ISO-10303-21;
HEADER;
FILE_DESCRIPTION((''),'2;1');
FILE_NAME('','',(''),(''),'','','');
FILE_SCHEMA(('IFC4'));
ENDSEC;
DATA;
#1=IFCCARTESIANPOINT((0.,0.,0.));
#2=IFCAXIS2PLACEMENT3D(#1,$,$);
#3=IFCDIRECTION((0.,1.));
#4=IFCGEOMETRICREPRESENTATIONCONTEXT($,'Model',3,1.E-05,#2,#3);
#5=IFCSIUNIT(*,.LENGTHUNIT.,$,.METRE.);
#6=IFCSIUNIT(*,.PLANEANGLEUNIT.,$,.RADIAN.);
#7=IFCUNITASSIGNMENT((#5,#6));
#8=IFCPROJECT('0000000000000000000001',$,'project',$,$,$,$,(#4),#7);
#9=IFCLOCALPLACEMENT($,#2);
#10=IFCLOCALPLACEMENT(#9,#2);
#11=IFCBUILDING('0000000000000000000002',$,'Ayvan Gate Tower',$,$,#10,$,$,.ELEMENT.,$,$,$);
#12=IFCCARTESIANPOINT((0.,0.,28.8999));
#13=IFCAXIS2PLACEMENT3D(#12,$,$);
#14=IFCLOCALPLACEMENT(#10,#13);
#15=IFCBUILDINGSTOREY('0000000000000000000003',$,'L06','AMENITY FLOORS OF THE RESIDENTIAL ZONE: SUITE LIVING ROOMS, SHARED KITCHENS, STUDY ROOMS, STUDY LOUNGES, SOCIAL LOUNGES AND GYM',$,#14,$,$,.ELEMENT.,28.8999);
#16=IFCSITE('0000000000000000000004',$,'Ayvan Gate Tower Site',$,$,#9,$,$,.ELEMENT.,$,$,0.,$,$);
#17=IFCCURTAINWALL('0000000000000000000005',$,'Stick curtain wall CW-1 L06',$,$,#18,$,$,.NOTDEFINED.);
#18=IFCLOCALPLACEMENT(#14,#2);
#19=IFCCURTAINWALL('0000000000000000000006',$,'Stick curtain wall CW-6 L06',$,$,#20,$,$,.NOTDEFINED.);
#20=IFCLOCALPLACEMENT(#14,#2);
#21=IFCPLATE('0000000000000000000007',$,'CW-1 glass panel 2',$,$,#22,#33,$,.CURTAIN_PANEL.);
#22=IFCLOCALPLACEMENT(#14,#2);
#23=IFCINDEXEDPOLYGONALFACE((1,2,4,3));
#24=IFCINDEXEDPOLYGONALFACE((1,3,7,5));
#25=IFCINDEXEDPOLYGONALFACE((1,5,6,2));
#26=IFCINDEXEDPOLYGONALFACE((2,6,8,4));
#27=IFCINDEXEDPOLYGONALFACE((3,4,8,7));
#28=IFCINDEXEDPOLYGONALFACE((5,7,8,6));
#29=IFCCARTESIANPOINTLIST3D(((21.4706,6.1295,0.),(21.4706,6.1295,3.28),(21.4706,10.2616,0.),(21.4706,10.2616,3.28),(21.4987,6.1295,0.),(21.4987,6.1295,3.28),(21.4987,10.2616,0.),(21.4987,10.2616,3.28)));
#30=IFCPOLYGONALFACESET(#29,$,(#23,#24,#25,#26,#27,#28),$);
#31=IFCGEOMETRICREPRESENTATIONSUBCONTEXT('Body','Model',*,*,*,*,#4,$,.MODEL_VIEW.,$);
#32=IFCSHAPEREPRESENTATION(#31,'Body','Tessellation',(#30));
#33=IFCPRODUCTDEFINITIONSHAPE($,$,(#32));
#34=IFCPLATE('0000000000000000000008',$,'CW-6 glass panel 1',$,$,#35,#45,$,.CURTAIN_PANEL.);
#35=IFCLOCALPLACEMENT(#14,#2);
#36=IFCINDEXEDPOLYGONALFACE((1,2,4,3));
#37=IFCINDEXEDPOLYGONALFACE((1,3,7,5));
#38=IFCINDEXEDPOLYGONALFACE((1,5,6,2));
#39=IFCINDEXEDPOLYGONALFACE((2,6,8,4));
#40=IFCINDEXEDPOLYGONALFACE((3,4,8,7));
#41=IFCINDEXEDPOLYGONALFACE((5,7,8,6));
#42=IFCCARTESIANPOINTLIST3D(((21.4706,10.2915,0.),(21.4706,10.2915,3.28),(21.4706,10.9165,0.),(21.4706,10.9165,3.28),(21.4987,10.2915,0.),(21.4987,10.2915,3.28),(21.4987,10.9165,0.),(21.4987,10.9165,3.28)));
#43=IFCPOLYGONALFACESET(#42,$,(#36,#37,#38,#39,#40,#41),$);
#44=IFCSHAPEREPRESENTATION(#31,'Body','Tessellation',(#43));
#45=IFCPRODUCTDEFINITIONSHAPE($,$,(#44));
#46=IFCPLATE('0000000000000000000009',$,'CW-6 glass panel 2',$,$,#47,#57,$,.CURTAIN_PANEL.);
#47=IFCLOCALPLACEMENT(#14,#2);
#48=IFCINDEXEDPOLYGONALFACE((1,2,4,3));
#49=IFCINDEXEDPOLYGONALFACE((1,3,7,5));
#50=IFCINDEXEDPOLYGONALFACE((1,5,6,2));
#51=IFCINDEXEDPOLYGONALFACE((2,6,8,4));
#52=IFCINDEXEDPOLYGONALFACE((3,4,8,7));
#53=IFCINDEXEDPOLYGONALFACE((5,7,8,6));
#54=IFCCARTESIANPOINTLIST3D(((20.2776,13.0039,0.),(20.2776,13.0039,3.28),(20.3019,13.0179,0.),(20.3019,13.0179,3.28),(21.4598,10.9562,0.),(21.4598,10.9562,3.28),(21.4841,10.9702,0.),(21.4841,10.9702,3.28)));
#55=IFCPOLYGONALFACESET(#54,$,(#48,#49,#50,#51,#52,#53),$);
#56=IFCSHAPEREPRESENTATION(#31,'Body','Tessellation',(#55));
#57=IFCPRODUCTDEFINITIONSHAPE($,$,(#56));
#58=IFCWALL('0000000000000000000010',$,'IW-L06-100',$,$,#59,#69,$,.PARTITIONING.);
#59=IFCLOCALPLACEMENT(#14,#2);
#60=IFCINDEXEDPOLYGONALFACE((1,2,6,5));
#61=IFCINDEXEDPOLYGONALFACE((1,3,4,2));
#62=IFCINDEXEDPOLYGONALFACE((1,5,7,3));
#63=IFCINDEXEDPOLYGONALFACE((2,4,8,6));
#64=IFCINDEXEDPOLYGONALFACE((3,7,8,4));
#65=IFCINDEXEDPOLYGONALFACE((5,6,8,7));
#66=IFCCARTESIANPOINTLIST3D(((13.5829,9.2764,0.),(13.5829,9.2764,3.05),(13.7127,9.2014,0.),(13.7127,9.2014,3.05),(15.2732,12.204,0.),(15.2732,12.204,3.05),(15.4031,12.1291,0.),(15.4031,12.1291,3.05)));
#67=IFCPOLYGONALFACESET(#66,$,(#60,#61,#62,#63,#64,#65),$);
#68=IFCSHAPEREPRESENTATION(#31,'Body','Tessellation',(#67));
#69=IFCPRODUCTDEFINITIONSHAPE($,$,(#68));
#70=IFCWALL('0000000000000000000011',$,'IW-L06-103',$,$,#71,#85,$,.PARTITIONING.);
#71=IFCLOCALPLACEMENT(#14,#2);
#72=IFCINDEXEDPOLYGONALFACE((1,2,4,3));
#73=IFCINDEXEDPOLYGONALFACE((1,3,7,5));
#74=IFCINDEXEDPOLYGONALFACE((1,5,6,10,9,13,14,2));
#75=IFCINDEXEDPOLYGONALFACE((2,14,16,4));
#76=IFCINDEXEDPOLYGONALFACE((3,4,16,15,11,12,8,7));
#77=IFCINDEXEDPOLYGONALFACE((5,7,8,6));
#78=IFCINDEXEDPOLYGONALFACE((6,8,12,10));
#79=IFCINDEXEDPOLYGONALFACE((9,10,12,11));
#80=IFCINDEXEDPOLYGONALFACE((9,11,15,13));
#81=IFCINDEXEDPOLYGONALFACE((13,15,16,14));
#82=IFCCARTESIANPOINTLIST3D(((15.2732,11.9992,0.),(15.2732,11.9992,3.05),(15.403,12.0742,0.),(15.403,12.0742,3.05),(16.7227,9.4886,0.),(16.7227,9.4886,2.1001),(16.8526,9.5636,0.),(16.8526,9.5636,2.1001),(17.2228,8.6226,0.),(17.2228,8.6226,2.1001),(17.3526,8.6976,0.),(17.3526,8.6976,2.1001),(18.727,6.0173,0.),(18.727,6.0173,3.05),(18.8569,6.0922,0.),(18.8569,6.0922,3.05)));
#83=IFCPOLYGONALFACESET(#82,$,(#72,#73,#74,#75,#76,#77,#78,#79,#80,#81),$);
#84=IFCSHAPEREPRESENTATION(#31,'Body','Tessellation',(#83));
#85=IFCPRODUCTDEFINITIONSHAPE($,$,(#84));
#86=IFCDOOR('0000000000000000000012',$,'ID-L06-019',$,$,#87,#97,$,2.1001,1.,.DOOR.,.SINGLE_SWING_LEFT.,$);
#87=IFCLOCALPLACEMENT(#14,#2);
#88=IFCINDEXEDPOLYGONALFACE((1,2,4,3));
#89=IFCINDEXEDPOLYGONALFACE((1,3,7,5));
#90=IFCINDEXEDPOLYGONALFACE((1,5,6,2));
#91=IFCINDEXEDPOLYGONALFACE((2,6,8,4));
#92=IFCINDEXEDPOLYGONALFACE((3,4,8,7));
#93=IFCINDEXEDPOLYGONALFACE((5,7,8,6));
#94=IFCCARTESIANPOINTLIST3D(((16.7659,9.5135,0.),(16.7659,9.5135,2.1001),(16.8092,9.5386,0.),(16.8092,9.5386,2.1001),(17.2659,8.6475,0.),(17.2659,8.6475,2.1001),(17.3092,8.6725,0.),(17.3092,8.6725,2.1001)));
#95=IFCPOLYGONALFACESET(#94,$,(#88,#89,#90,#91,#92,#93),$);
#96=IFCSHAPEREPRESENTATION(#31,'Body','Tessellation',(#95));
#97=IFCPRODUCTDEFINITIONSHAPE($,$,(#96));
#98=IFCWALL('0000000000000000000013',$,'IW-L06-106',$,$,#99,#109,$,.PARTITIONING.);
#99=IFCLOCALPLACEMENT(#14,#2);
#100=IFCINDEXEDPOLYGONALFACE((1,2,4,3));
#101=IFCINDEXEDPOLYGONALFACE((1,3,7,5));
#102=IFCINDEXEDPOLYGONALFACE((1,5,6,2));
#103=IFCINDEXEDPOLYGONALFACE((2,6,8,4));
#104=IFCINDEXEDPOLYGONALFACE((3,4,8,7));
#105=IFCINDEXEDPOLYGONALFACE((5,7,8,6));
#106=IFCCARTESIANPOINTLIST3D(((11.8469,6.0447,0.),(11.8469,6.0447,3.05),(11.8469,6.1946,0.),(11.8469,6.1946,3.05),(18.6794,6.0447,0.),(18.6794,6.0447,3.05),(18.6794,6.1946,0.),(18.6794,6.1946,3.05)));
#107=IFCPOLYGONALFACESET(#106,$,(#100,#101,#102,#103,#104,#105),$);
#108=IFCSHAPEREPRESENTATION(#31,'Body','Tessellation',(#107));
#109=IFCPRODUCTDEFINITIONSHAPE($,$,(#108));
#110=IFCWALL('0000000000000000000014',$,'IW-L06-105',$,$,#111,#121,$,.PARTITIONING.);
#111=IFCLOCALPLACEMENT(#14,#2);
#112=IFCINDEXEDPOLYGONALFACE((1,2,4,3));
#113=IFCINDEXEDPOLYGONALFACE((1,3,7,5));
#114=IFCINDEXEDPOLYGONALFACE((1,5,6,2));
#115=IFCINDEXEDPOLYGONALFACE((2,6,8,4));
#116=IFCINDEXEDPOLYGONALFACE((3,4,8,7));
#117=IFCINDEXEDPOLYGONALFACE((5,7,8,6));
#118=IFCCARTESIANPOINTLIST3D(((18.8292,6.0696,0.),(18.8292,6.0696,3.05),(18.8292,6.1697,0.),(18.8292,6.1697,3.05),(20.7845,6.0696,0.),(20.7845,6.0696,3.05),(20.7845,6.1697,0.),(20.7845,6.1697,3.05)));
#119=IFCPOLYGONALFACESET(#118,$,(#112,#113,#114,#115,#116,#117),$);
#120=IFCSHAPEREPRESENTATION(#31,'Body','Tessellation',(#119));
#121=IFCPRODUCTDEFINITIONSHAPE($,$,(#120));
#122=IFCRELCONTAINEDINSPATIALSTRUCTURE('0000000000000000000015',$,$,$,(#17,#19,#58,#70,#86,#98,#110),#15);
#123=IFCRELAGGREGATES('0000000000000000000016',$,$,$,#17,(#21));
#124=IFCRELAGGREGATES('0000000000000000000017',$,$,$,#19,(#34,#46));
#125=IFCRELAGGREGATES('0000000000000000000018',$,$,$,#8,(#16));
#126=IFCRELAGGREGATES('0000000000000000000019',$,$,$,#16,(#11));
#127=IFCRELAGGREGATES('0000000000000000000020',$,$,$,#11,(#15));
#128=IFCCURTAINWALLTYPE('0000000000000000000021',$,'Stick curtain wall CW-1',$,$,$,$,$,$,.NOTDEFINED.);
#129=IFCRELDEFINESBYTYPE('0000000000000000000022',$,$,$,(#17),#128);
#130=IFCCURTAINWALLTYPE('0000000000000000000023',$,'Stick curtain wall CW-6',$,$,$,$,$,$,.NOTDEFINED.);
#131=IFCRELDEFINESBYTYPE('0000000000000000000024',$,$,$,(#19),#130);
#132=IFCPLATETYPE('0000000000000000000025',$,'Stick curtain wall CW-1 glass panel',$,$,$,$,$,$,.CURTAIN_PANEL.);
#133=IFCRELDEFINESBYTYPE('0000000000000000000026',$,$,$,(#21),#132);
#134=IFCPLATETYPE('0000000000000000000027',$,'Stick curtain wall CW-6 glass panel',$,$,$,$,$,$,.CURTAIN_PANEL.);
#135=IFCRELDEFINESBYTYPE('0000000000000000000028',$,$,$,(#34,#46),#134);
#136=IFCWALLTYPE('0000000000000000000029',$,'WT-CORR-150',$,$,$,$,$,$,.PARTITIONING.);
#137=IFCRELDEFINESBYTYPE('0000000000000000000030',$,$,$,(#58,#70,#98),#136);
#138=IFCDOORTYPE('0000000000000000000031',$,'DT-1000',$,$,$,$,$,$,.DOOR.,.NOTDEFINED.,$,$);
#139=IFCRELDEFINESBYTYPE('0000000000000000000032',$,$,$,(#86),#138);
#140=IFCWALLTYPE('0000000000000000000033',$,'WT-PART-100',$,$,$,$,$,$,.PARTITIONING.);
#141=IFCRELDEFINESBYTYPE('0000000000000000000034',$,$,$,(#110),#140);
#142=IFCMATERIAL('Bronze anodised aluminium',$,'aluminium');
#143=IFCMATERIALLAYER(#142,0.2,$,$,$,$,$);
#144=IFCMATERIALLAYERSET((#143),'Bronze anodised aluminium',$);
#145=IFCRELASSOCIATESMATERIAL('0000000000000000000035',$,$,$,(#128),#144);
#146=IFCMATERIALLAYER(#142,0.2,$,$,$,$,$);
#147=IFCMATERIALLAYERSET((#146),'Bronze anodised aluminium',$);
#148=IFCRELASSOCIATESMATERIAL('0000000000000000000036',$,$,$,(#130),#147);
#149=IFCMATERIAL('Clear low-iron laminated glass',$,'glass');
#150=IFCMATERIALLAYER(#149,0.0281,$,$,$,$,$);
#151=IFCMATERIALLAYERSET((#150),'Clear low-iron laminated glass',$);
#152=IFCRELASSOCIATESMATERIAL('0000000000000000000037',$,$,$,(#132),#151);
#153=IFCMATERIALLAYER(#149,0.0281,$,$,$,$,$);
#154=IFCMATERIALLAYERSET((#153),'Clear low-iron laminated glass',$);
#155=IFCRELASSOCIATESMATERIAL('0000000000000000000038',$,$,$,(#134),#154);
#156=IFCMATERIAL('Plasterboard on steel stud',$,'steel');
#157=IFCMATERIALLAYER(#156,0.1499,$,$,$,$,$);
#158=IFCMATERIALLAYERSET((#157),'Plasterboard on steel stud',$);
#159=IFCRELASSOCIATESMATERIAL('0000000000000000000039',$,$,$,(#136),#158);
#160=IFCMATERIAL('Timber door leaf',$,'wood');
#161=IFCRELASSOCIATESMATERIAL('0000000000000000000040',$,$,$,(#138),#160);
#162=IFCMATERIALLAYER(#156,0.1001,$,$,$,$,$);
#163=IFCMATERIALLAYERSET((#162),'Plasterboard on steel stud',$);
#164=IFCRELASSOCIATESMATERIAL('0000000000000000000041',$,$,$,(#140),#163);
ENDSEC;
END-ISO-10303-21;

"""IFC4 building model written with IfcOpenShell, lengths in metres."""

from ifc_helpers import new_model, si_unit, direction, frame, frame_2d, origin, origin_2d, place, context, subcontext, project, spatial, rectangle, extrude, material, layer, layer_set, type_object, element, fill, aggregate, save


model = new_model("IFC4")

# Units and contexts
model_context = context("Model", 3, precision=1e-05, world=origin(), true_north=direction((0.0, 1.0)))
body_context = subcontext(model_context, "Body", "Model", "MODEL_VIEW")
ifc_project = project(units=[si_unit("LENGTHUNIT", "METRE"), si_unit("PLANEANGLEUNIT", "RADIAN")], contexts=[model_context])

# Site, building, storey
site_placement = place(None, origin())
site = spatial("IfcSite", under=ifc_project, at=site_placement, Name="Ayvan Gate Tower Site", CompositionType="ELEMENT", RefElevation=0.0)
building_placement = place(site_placement, origin())
building = spatial("IfcBuilding", under=site, at=building_placement, Name="Ayvan Gate Tower", CompositionType="ELEMENT")
storey_placement = place(building_placement, frame((0.0, 0.0, 28.8999)))
storey = spatial("IfcBuildingStorey", under=building, at=storey_placement, Name="L06", Description="AMENITY FLOORS OF THE RESIDENTIAL ZONE: SUITE LIVING ROOMS, SHARED KITCHENS, STUDY ROOMS, STUDY LOUNGES, SOCIAL LOUNGES AND GYM", CompositionType="ELEMENT", Elevation=28.8999)

# Curtain walls
ifc_material_1 = material(Name="Bronze anodised aluminium", Category="aluminium")
ifc_layer_1 = layer(ifc_material_1, 0.2)
ifc_layer_set_1 = layer_set([ifc_layer_1], Name="Bronze anodised aluminium")
curtain_wall_type_1 = type_object("IfcCurtainWallType", Name="Stick curtain wall CW-1", PredefinedType="NOTDEFINED", material=ifc_layer_set_1)
curtain_wall_1_placement = place(storey_placement, origin())
curtain_wall_1 = element("IfcCurtainWall", 1, at=curtain_wall_1_placement, inside=storey, type_object=curtain_wall_type_1, Name="Stick curtain wall CW-1 L06", PredefinedType="NOTDEFINED")
ifc_layer_2 = layer(ifc_material_1, 0.2)
ifc_layer_set_2 = layer_set([ifc_layer_2], Name="Bronze anodised aluminium")
curtain_wall_type_2 = type_object("IfcCurtainWallType", Name="Stick curtain wall CW-6", PredefinedType="NOTDEFINED", material=ifc_layer_set_2)
curtain_wall_2_placement = place(storey_placement, origin())
curtain_wall_2 = element("IfcCurtainWall", 2, at=curtain_wall_2_placement, inside=storey, type_object=curtain_wall_type_2, Name="Stick curtain wall CW-6 L06", PredefinedType="NOTDEFINED")

# Plates
ifc_material_2 = material(Name="Clear low-iron laminated glass", Category="glass")
ifc_layer_3 = layer(ifc_material_2, 0.0281)
ifc_layer_set_3 = layer_set([ifc_layer_3], Name="Clear low-iron laminated glass")
plate_type_1 = type_object("IfcPlateType", Name="Stick curtain wall CW-1 glass panel", PredefinedType="CURTAIN_PANEL", material=ifc_layer_set_3)
plate_1_placement = place(storey_placement, frame((21.4846, 8.1956, 0.0), z_axis=(0.0, 0.0, 1.0), x_axis=(0.0, 1.0, 0.0)))
plate_1 = element("IfcPlate", 3, at=plate_1_placement, type_object=plate_type_1, Name="CW-1 glass panel 2", PredefinedType="CURTAIN_PANEL", context=body_context, shape_type="SweptSolid", body=[
    extrude(rectangle(XDim=4.1321, YDim=0.0281, at=origin_2d()), origin(), (0.0, 0.0, 1.0), 3.28),
])
aggregate(curtain_wall_1, [plate_1])
ifc_layer_4 = layer(ifc_material_2, 0.0281)
ifc_layer_set_4 = layer_set([ifc_layer_4], Name="Clear low-iron laminated glass")
plate_type_2 = type_object("IfcPlateType", Name="Stick curtain wall CW-6 glass panel", PredefinedType="CURTAIN_PANEL", material=ifc_layer_set_4)
plate_2_placement = place(storey_placement, frame((21.4846, 10.604, 0.0), z_axis=(0.0, 0.0, 1.0), x_axis=(0.0, 1.0, 0.0)))
plate_2 = element("IfcPlate", 4, at=plate_2_placement, type_object=plate_type_2, Name="CW-6 glass panel 1", PredefinedType="CURTAIN_PANEL", context=body_context, shape_type="SweptSolid", body=[
    extrude(rectangle(XDim=0.625, YDim=0.0281, at=origin_2d()), origin(), (0.0, 0.0, 1.0), 3.28),
])
plate_3_placement = place(storey_placement, frame((20.8809, 11.9871, 0.0), z_axis=(0.0, 0.0, 1.0), x_axis=(-0.5, 0.866025, 0.0)))
plate_3 = element("IfcPlate", 5, at=plate_3_placement, type_object=plate_type_2, Name="CW-6 glass panel 2", PredefinedType="CURTAIN_PANEL", context=body_context, shape_type="SweptSolid", body=[
    extrude(rectangle(XDim=2.3645, YDim=0.0281, at=origin_2d()), origin(), (0.0, 0.0, 1.0), 3.28),
])
aggregate(curtain_wall_2, [plate_2, plate_3])

# Wall
ifc_material_3 = material(Name="Plasterboard on steel stud", Category="steel")
ifc_layer_5 = layer(ifc_material_3, 0.1499)
ifc_layer_set_5 = layer_set([ifc_layer_5], Name="Plasterboard on steel stud")
wall_type_1 = type_object("IfcWallType", Name="WT-CORR-150", PredefinedType="PARTITIONING", material=ifc_layer_set_5)
wall_1_placement = place(storey_placement, frame((13.6477, 9.2388, 0.0), z_axis=(0.0, 0.0, 1.0), x_axis=(0.500023, 0.866012, 0.0)))
element("IfcWall", 6, at=wall_1_placement, inside=storey, type_object=wall_type_1, Name="IW-L06-100", PredefinedType="PARTITIONING", context=body_context, shape_type="SweptSolid", body=[
    extrude(rectangle(XDim=3.3806, YDim=0.1499, at=frame_2d((1.6904, 0.0))), origin(), (0.0, 0.0, 1.0), 3.05),
])

# Wall, opening, door
wall_2_placement = place(storey_placement, frame((15.3381, 12.0366, 0.0), z_axis=(0.0, 0.0, 1.0), x_axis=(0.50002, -0.866014, 0.0)))
wall_2 = element("IfcWall", 7, at=wall_2_placement, inside=storey, type_object=wall_type_1, Name="IW-L06-103", PredefinedType="PARTITIONING", context=body_context, shape_type="SweptSolid", body=[
    extrude(rectangle(XDim=6.9075, YDim=0.1499, at=frame_2d((3.4536, 0.0))), origin(), (0.0, 0.0, 1.0), 3.05),
])
opening_placement = place(wall_2_placement, frame((2.8989, 0.0, 0.0)))
opening = element("IfcOpeningElement", 8, at=opening_placement, cuts=wall_2, PredefinedType="OPENING", context=body_context, shape_type="SweptSolid", body=[
    extrude(rectangle(XDim=1.0, YDim=2.1001, at=frame_2d((0.5, 1.05))), frame((0.0, 0.085, 0.0), z_axis=(0.0, -1.0, 0.0), x_axis=(1.0, 0.0, 0.0)), (0.0, 0.0, 1.0), 0.1699),
])
ifc_material_4 = material(Name="Timber door leaf", Category="wood")
door_type = type_object("IfcDoorType", Name="DT-1000", OperationType="NOTDEFINED", PredefinedType="DOOR", material=ifc_material_4)
door_placement = place(opening_placement, origin())
door = element("IfcDoor", 9, at=door_placement, inside=storey, type_object=door_type, Name="ID-L06-019", OperationType="SINGLE_SWING_LEFT", OverallHeight=2.1001, OverallWidth=1.0, PredefinedType="DOOR", context=body_context, shape_type="SweptSolid", body=[
    extrude(rectangle(XDim=1.0, YDim=2.1001, at=frame_2d((0.5, 1.05))), frame((0.0, 0.0249, 0.0), z_axis=(0.0, -1.0, 0.0), x_axis=(1.0, 0.0, 0.0)), (0.0, 0.0, 1.0), 0.05),
])
fill(opening, door)

# Walls
wall_3_placement = place(storey_placement, frame((18.6794, 6.1196, 0.0), z_axis=(0.0, 0.0, 1.0), x_axis=(-1.0, 0.0, 0.0)))
element("IfcWall", 10, at=wall_3_placement, inside=storey, type_object=wall_type_1, Name="IW-L06-106", PredefinedType="PARTITIONING", context=body_context, shape_type="SweptSolid", body=[
    extrude(rectangle(XDim=6.8325, YDim=0.1499, at=frame_2d((3.4163, 0.0))), origin(), (0.0, 0.0, 1.0), 3.05),
])
ifc_layer_6 = layer(ifc_material_3, 0.1001)
ifc_layer_set_6 = layer_set([ifc_layer_6], Name="Plasterboard on steel stud")
wall_type_2 = type_object("IfcWallType", Name="WT-PART-100", PredefinedType="PARTITIONING", material=ifc_layer_set_6)
wall_4_placement = place(storey_placement, frame((18.8293, 6.1196, 0.0), z_axis=(0.0, 0.0, 1.0), x_axis=(1.0, 0.0, 0.0)))
element("IfcWall", 11, at=wall_4_placement, inside=storey, type_object=wall_type_2, Name="IW-L06-105", PredefinedType="PARTITIONING", context=body_context, shape_type="SweptSolid", body=[
    extrude(rectangle(XDim=1.9553, YDim=0.1001, at=frame_2d((0.9775, 0.0))), origin(), (0.0, 0.0, 1.0), 3.05),
])

save(model, "model.ifc")
